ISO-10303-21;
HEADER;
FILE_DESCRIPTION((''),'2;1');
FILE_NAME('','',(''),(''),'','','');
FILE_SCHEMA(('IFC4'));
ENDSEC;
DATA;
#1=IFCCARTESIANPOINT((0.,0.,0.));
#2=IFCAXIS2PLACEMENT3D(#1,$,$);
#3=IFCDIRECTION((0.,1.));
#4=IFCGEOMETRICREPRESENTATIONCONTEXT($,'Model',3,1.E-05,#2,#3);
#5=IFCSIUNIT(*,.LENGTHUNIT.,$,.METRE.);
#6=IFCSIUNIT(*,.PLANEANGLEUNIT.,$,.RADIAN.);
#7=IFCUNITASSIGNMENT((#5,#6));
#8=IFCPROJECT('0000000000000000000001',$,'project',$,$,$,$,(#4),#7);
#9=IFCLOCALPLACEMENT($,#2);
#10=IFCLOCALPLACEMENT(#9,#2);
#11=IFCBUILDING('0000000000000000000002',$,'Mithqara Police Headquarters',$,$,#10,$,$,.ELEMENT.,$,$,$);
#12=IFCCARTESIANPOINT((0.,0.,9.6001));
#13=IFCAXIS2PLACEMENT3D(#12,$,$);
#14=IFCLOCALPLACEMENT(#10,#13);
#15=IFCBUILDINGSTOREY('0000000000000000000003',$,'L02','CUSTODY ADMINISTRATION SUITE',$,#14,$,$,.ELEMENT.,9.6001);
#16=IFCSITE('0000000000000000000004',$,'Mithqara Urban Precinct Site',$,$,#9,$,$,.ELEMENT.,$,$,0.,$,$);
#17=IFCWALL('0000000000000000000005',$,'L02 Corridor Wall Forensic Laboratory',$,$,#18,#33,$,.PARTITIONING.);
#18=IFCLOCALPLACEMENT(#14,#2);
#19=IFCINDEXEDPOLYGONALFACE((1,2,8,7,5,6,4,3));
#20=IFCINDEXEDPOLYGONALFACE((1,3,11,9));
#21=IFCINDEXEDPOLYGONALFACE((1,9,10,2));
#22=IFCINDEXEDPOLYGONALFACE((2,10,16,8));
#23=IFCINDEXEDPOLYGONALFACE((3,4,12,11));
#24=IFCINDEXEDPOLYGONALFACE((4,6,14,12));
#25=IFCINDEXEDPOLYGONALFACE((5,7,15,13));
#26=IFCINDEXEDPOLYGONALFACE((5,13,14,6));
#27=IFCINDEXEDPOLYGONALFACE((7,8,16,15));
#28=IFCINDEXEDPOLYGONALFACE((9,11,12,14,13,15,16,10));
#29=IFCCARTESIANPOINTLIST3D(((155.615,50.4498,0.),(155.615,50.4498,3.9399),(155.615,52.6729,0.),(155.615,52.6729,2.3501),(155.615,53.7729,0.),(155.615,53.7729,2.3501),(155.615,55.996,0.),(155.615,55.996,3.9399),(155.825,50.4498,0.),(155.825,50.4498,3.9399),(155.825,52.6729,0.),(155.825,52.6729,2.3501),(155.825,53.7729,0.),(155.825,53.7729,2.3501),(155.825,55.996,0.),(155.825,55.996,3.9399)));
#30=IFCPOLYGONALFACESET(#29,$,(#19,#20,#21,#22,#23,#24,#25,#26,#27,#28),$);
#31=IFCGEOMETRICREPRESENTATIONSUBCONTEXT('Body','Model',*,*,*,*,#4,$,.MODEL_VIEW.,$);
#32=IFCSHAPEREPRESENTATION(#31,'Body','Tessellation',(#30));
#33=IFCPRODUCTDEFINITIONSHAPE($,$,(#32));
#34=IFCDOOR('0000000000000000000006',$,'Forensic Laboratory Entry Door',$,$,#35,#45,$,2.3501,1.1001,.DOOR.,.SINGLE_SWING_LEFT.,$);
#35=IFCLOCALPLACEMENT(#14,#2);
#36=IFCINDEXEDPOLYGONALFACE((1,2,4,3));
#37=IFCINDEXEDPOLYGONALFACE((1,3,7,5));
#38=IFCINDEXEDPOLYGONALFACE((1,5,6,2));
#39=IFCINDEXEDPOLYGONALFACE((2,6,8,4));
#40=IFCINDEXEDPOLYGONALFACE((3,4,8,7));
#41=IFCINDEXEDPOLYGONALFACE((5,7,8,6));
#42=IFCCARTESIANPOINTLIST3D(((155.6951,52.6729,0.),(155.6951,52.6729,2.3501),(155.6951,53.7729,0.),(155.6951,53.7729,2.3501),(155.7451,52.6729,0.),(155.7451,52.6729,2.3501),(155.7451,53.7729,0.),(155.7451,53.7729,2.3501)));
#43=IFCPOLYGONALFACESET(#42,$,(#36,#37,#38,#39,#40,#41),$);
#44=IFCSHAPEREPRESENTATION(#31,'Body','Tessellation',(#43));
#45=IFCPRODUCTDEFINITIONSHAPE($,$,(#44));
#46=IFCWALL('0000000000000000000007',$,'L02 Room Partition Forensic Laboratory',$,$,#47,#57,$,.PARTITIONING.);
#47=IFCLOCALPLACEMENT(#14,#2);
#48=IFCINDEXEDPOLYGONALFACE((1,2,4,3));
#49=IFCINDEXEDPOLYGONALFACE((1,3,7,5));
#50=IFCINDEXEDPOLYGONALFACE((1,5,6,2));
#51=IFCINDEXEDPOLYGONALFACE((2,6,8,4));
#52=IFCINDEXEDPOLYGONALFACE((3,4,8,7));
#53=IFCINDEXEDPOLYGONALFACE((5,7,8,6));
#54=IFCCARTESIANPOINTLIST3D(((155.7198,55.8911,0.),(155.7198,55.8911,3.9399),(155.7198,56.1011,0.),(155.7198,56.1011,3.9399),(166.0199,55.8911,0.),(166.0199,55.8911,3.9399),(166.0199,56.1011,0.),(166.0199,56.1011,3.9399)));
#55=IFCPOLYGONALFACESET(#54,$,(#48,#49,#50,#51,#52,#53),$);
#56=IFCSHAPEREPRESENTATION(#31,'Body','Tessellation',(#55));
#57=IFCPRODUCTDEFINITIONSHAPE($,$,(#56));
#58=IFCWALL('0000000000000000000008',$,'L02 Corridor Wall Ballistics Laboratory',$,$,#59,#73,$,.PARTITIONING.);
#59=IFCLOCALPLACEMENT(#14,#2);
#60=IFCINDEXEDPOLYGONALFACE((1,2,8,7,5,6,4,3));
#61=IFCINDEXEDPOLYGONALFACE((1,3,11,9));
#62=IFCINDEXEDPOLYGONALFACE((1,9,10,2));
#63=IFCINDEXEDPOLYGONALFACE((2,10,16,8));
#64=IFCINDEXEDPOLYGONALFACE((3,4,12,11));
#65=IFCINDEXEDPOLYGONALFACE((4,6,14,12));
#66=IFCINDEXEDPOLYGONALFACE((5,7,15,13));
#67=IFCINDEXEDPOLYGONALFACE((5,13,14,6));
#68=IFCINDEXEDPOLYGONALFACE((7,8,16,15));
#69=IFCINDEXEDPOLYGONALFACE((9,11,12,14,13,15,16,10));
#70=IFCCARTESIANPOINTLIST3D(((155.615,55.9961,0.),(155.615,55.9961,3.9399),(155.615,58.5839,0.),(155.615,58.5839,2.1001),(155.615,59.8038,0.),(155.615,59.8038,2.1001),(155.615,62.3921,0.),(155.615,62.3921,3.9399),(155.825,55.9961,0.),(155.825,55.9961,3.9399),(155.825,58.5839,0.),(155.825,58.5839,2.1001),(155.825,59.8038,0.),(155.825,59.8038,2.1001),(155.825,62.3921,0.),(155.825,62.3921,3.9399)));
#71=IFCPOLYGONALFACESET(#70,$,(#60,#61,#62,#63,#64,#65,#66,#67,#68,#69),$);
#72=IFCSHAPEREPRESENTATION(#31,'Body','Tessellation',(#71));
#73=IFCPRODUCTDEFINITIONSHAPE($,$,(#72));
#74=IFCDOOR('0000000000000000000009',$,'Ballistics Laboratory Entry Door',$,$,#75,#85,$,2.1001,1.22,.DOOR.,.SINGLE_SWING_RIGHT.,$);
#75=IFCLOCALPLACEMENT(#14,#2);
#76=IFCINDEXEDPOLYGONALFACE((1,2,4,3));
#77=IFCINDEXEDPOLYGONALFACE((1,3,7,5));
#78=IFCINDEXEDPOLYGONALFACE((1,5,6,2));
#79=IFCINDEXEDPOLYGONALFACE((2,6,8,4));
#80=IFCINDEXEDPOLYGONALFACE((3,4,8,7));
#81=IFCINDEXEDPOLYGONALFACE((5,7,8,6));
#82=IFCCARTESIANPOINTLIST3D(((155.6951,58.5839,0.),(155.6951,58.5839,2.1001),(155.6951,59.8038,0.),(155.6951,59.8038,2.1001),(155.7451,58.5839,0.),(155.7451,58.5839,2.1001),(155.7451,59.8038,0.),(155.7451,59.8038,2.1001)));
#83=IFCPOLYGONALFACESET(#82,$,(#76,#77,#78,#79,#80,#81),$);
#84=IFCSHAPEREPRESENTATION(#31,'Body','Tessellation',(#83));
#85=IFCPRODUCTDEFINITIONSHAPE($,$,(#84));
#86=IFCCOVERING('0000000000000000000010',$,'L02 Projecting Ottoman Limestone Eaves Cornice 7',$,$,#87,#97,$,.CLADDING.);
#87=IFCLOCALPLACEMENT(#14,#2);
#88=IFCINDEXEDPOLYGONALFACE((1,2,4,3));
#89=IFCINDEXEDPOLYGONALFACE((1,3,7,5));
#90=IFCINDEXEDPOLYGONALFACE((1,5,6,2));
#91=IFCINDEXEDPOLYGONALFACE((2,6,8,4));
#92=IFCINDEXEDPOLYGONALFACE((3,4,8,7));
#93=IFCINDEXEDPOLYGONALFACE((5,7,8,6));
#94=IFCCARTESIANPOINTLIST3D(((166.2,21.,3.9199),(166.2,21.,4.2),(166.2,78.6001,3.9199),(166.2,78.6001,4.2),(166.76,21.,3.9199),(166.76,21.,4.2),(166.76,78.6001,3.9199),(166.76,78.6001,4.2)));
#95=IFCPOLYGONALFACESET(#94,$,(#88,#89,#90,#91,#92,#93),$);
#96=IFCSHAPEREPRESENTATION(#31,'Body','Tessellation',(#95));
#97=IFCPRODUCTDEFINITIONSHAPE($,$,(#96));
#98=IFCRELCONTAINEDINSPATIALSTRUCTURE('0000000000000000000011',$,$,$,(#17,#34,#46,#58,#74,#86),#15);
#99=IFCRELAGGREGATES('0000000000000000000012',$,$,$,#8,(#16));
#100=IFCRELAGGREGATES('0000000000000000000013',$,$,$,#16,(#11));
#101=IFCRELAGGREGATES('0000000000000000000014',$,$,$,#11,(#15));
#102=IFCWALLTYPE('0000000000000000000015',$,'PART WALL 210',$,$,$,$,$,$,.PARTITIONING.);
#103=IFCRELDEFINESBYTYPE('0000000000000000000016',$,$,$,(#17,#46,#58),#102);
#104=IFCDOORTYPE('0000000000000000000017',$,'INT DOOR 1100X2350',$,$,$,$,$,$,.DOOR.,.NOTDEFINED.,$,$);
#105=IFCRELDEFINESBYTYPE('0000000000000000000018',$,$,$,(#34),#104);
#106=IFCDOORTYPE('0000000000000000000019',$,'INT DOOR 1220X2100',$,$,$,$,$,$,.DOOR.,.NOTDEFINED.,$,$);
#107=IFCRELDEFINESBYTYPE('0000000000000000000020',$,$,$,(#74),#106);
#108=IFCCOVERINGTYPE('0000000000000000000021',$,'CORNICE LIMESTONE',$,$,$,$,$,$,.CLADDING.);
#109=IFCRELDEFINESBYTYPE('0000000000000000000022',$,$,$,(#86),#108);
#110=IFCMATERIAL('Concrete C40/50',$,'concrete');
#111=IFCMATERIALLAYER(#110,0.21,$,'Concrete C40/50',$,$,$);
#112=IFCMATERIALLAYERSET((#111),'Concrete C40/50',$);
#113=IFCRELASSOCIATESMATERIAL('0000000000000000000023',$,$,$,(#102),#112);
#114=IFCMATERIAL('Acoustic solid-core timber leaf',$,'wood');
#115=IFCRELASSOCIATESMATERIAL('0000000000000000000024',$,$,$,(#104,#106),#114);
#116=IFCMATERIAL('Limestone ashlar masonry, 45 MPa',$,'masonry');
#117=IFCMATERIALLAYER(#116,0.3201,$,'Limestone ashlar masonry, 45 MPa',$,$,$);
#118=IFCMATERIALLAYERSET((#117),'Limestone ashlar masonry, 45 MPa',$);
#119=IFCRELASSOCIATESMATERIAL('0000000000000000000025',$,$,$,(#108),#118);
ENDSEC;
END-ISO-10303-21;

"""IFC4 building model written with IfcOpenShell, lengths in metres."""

from ifc_helpers import new_model, si_unit, direction, frame, frame_2d, origin, origin_2d, place, context, subcontext, project, spatial, rectangle, extrude, material, layer, layer_set, type_object, element, fill, save


model = new_model("IFC4")

# Units and contexts
model_context = context("Model", 3, precision=1e-05, world=origin(), true_north=direction((0.0, 1.0)))
body_context = subcontext(model_context, "Body", "Model", "MODEL_VIEW")
ifc_project = project(units=[si_unit("LENGTHUNIT", "METRE"), si_unit("PLANEANGLEUNIT", "RADIAN")], contexts=[model_context])

# Site, building, storey
site_placement = place(None, origin())
site = spatial("IfcSite", under=ifc_project, at=site_placement, Name="Mithqara Urban Precinct Site", CompositionType="ELEMENT", RefElevation=0.0)
building_placement = place(site_placement, origin())
building = spatial("IfcBuilding", under=site, at=building_placement, Name="Mithqara Police Headquarters", CompositionType="ELEMENT")
storey_placement = place(building_placement, frame((0.0, 0.0, 9.6001)))
storey = spatial("IfcBuildingStorey", under=building, at=storey_placement, Name="L02", Description="CUSTODY ADMINISTRATION SUITE", CompositionType="ELEMENT", Elevation=9.6001)

# Shared definitions
ifc_material_1 = material(Name="Concrete C40/50", Category="concrete")

# Shared definitions
ifc_material_2 = material(Name="Limestone ashlar masonry, 45 MPa", Category="masonry")

# Shared definitions
ifc_layer_1 = layer(ifc_material_1, 0.21, Name="Concrete C40/50")
ifc_layer_set_1 = layer_set([ifc_layer_1], Name="Concrete C40/50")
wall_type_1 = type_object("IfcWallType", Name="PART WALL 210", PredefinedType="PARTITIONING", material=ifc_layer_set_1)

# Wall, opening, door
wall_1_placement = place(storey_placement, frame((155.72, 50.45, 0.0), z_axis=(0.0, 0.0, 1.0), x_axis=(0.0, 1.0, 0.0)))
wall_1 = element("IfcWall", 1, at=wall_1_placement, inside=storey, type_object=wall_type_1, Name="L02 Corridor Wall Forensic Laboratory", PredefinedType="PARTITIONING", context=body_context, shape_type="SweptSolid", body=[
    extrude(rectangle(XDim=5.5461, YDim=0.21, at=frame_2d((2.7729, 0.0))), origin(), (0.0, 0.0, 1.0), 3.9399),
])
opening_1_placement = place(wall_1_placement, frame((2.2229, 0.0, 0.0)))
opening_1 = element("IfcOpeningElement", 2, at=opening_1_placement, cuts=wall_1, PredefinedType="OPENING", context=body_context, shape_type="SweptSolid", body=[
    extrude(rectangle(XDim=1.1001, YDim=2.3501, at=frame_2d((0.55, 1.175))), frame((0.0, 0.115, 0.0), z_axis=(0.0, -1.0, 0.0), x_axis=(1.0, 0.0, 0.0)), (0.0, 0.0, 1.0), 0.23),
])
ifc_material_3 = material(Name="Acoustic solid-core timber leaf", Category="wood")
door_type_1 = type_object("IfcDoorType", Name="INT DOOR 1100X2350", OperationType="NOTDEFINED", PredefinedType="DOOR", material=ifc_material_3)
door_1_placement = place(opening_1_placement, origin())
door_1 = element("IfcDoor", 3, at=door_1_placement, inside=storey, type_object=door_type_1, Name="Forensic Laboratory Entry Door", OperationType="SINGLE_SWING_LEFT", OverallHeight=2.3501, OverallWidth=1.1001, PredefinedType="DOOR", context=body_context, shape_type="SweptSolid", body=[
    extrude(rectangle(XDim=1.1001, YDim=2.3501, at=frame_2d((0.55, 1.175))), frame((0.0, 0.0249, 0.0), z_axis=(0.0, -1.0, 0.0), x_axis=(1.0, 0.0, 0.0)), (0.0, 0.0, 1.0), 0.05),
])
fill(opening_1, door_1)

# Wall
wall_2_placement = place(storey_placement, frame((155.72, 55.9961, 0.0), z_axis=(0.0, 0.0, 1.0), x_axis=(1.0, 0.0, 0.0)))
element("IfcWall", 4, at=wall_2_placement, inside=storey, type_object=wall_type_1, Name="L02 Room Partition Forensic Laboratory", PredefinedType="PARTITIONING", context=body_context, shape_type="SweptSolid", body=[
    extrude(rectangle(XDim=10.3, YDim=0.21, at=frame_2d((5.1499, 0.0))), origin(), (0.0, 0.0, 1.0), 3.9399),
])

# Wall, opening, door
wall_3_placement = place(storey_placement, frame((155.72, 55.9961, 0.0), z_axis=(0.0, 0.0, 1.0), x_axis=(0.0, 1.0, 0.0)))
wall_3 = element("IfcWall", 5, at=wall_3_placement, inside=storey, type_object=wall_type_1, Name="L02 Corridor Wall Ballistics Laboratory", PredefinedType="PARTITIONING", context=body_context, shape_type="SweptSolid", body=[
    extrude(rectangle(XDim=6.396, YDim=0.21, at=frame_2d((3.198, 0.0))), origin(), (0.0, 0.0, 1.0), 3.9399),
])
opening_2_placement = place(wall_3_placement, frame((2.5879, 0.0, 0.0)))
opening_2 = element("IfcOpeningElement", 6, at=opening_2_placement, cuts=wall_3, PredefinedType="OPENING", context=body_context, shape_type="SweptSolid", body=[
    extrude(rectangle(XDim=1.22, YDim=2.1001, at=frame_2d((0.6099, 1.05))), frame((0.0, 0.115, 0.0), z_axis=(0.0, -1.0, 0.0), x_axis=(1.0, 0.0, 0.0)), (0.0, 0.0, 1.0), 0.23),
])
door_type_2 = type_object("IfcDoorType", Name="INT DOOR 1220X2100", OperationType="NOTDEFINED", PredefinedType="DOOR", material=ifc_material_3)
door_2_placement = place(opening_2_placement, origin())
door_2 = element("IfcDoor", 7, at=door_2_placement, inside=storey, type_object=door_type_2, Name="Ballistics Laboratory Entry Door", OperationType="SINGLE_SWING_RIGHT", OverallHeight=2.1001, OverallWidth=1.22, PredefinedType="DOOR", context=body_context, shape_type="SweptSolid", body=[
    extrude(rectangle(XDim=1.22, YDim=2.1001, at=frame_2d((0.6099, 1.05))), frame((0.0, 0.0249, 0.0), z_axis=(0.0, -1.0, 0.0), x_axis=(1.0, 0.0, 0.0)), (0.0, 0.0, 1.0), 0.05),
])
fill(opening_2, door_2)

# Covering
ifc_layer_2 = layer(ifc_material_2, 0.3201, Name="Limestone ashlar masonry, 45 MPa")
ifc_layer_set_2 = layer_set([ifc_layer_2], Name="Limestone ashlar masonry, 45 MPa")
covering_type_1 = type_object("IfcCoveringType", Name="CORNICE LIMESTONE", PredefinedType="CLADDING", material=ifc_layer_set_2)
covering_1_placement = place(storey_placement, frame((166.48, 49.8, 3.9199), z_axis=(0.0, 0.0, 1.0), x_axis=(0.0, 1.0, 0.0)))
element("IfcCovering", 8, at=covering_1_placement, inside=storey, type_object=covering_type_1, Name="L02 Projecting Ottoman Limestone Eaves Cornice 7", PredefinedType="CLADDING", context=body_context, shape_type="SweptSolid", body=[
    extrude(rectangle(XDim=57.6001, YDim=0.5601, at=origin_2d()), origin(), (0.0, 0.0, 1.0), 0.28),
])

save(model, "model.ifc")
